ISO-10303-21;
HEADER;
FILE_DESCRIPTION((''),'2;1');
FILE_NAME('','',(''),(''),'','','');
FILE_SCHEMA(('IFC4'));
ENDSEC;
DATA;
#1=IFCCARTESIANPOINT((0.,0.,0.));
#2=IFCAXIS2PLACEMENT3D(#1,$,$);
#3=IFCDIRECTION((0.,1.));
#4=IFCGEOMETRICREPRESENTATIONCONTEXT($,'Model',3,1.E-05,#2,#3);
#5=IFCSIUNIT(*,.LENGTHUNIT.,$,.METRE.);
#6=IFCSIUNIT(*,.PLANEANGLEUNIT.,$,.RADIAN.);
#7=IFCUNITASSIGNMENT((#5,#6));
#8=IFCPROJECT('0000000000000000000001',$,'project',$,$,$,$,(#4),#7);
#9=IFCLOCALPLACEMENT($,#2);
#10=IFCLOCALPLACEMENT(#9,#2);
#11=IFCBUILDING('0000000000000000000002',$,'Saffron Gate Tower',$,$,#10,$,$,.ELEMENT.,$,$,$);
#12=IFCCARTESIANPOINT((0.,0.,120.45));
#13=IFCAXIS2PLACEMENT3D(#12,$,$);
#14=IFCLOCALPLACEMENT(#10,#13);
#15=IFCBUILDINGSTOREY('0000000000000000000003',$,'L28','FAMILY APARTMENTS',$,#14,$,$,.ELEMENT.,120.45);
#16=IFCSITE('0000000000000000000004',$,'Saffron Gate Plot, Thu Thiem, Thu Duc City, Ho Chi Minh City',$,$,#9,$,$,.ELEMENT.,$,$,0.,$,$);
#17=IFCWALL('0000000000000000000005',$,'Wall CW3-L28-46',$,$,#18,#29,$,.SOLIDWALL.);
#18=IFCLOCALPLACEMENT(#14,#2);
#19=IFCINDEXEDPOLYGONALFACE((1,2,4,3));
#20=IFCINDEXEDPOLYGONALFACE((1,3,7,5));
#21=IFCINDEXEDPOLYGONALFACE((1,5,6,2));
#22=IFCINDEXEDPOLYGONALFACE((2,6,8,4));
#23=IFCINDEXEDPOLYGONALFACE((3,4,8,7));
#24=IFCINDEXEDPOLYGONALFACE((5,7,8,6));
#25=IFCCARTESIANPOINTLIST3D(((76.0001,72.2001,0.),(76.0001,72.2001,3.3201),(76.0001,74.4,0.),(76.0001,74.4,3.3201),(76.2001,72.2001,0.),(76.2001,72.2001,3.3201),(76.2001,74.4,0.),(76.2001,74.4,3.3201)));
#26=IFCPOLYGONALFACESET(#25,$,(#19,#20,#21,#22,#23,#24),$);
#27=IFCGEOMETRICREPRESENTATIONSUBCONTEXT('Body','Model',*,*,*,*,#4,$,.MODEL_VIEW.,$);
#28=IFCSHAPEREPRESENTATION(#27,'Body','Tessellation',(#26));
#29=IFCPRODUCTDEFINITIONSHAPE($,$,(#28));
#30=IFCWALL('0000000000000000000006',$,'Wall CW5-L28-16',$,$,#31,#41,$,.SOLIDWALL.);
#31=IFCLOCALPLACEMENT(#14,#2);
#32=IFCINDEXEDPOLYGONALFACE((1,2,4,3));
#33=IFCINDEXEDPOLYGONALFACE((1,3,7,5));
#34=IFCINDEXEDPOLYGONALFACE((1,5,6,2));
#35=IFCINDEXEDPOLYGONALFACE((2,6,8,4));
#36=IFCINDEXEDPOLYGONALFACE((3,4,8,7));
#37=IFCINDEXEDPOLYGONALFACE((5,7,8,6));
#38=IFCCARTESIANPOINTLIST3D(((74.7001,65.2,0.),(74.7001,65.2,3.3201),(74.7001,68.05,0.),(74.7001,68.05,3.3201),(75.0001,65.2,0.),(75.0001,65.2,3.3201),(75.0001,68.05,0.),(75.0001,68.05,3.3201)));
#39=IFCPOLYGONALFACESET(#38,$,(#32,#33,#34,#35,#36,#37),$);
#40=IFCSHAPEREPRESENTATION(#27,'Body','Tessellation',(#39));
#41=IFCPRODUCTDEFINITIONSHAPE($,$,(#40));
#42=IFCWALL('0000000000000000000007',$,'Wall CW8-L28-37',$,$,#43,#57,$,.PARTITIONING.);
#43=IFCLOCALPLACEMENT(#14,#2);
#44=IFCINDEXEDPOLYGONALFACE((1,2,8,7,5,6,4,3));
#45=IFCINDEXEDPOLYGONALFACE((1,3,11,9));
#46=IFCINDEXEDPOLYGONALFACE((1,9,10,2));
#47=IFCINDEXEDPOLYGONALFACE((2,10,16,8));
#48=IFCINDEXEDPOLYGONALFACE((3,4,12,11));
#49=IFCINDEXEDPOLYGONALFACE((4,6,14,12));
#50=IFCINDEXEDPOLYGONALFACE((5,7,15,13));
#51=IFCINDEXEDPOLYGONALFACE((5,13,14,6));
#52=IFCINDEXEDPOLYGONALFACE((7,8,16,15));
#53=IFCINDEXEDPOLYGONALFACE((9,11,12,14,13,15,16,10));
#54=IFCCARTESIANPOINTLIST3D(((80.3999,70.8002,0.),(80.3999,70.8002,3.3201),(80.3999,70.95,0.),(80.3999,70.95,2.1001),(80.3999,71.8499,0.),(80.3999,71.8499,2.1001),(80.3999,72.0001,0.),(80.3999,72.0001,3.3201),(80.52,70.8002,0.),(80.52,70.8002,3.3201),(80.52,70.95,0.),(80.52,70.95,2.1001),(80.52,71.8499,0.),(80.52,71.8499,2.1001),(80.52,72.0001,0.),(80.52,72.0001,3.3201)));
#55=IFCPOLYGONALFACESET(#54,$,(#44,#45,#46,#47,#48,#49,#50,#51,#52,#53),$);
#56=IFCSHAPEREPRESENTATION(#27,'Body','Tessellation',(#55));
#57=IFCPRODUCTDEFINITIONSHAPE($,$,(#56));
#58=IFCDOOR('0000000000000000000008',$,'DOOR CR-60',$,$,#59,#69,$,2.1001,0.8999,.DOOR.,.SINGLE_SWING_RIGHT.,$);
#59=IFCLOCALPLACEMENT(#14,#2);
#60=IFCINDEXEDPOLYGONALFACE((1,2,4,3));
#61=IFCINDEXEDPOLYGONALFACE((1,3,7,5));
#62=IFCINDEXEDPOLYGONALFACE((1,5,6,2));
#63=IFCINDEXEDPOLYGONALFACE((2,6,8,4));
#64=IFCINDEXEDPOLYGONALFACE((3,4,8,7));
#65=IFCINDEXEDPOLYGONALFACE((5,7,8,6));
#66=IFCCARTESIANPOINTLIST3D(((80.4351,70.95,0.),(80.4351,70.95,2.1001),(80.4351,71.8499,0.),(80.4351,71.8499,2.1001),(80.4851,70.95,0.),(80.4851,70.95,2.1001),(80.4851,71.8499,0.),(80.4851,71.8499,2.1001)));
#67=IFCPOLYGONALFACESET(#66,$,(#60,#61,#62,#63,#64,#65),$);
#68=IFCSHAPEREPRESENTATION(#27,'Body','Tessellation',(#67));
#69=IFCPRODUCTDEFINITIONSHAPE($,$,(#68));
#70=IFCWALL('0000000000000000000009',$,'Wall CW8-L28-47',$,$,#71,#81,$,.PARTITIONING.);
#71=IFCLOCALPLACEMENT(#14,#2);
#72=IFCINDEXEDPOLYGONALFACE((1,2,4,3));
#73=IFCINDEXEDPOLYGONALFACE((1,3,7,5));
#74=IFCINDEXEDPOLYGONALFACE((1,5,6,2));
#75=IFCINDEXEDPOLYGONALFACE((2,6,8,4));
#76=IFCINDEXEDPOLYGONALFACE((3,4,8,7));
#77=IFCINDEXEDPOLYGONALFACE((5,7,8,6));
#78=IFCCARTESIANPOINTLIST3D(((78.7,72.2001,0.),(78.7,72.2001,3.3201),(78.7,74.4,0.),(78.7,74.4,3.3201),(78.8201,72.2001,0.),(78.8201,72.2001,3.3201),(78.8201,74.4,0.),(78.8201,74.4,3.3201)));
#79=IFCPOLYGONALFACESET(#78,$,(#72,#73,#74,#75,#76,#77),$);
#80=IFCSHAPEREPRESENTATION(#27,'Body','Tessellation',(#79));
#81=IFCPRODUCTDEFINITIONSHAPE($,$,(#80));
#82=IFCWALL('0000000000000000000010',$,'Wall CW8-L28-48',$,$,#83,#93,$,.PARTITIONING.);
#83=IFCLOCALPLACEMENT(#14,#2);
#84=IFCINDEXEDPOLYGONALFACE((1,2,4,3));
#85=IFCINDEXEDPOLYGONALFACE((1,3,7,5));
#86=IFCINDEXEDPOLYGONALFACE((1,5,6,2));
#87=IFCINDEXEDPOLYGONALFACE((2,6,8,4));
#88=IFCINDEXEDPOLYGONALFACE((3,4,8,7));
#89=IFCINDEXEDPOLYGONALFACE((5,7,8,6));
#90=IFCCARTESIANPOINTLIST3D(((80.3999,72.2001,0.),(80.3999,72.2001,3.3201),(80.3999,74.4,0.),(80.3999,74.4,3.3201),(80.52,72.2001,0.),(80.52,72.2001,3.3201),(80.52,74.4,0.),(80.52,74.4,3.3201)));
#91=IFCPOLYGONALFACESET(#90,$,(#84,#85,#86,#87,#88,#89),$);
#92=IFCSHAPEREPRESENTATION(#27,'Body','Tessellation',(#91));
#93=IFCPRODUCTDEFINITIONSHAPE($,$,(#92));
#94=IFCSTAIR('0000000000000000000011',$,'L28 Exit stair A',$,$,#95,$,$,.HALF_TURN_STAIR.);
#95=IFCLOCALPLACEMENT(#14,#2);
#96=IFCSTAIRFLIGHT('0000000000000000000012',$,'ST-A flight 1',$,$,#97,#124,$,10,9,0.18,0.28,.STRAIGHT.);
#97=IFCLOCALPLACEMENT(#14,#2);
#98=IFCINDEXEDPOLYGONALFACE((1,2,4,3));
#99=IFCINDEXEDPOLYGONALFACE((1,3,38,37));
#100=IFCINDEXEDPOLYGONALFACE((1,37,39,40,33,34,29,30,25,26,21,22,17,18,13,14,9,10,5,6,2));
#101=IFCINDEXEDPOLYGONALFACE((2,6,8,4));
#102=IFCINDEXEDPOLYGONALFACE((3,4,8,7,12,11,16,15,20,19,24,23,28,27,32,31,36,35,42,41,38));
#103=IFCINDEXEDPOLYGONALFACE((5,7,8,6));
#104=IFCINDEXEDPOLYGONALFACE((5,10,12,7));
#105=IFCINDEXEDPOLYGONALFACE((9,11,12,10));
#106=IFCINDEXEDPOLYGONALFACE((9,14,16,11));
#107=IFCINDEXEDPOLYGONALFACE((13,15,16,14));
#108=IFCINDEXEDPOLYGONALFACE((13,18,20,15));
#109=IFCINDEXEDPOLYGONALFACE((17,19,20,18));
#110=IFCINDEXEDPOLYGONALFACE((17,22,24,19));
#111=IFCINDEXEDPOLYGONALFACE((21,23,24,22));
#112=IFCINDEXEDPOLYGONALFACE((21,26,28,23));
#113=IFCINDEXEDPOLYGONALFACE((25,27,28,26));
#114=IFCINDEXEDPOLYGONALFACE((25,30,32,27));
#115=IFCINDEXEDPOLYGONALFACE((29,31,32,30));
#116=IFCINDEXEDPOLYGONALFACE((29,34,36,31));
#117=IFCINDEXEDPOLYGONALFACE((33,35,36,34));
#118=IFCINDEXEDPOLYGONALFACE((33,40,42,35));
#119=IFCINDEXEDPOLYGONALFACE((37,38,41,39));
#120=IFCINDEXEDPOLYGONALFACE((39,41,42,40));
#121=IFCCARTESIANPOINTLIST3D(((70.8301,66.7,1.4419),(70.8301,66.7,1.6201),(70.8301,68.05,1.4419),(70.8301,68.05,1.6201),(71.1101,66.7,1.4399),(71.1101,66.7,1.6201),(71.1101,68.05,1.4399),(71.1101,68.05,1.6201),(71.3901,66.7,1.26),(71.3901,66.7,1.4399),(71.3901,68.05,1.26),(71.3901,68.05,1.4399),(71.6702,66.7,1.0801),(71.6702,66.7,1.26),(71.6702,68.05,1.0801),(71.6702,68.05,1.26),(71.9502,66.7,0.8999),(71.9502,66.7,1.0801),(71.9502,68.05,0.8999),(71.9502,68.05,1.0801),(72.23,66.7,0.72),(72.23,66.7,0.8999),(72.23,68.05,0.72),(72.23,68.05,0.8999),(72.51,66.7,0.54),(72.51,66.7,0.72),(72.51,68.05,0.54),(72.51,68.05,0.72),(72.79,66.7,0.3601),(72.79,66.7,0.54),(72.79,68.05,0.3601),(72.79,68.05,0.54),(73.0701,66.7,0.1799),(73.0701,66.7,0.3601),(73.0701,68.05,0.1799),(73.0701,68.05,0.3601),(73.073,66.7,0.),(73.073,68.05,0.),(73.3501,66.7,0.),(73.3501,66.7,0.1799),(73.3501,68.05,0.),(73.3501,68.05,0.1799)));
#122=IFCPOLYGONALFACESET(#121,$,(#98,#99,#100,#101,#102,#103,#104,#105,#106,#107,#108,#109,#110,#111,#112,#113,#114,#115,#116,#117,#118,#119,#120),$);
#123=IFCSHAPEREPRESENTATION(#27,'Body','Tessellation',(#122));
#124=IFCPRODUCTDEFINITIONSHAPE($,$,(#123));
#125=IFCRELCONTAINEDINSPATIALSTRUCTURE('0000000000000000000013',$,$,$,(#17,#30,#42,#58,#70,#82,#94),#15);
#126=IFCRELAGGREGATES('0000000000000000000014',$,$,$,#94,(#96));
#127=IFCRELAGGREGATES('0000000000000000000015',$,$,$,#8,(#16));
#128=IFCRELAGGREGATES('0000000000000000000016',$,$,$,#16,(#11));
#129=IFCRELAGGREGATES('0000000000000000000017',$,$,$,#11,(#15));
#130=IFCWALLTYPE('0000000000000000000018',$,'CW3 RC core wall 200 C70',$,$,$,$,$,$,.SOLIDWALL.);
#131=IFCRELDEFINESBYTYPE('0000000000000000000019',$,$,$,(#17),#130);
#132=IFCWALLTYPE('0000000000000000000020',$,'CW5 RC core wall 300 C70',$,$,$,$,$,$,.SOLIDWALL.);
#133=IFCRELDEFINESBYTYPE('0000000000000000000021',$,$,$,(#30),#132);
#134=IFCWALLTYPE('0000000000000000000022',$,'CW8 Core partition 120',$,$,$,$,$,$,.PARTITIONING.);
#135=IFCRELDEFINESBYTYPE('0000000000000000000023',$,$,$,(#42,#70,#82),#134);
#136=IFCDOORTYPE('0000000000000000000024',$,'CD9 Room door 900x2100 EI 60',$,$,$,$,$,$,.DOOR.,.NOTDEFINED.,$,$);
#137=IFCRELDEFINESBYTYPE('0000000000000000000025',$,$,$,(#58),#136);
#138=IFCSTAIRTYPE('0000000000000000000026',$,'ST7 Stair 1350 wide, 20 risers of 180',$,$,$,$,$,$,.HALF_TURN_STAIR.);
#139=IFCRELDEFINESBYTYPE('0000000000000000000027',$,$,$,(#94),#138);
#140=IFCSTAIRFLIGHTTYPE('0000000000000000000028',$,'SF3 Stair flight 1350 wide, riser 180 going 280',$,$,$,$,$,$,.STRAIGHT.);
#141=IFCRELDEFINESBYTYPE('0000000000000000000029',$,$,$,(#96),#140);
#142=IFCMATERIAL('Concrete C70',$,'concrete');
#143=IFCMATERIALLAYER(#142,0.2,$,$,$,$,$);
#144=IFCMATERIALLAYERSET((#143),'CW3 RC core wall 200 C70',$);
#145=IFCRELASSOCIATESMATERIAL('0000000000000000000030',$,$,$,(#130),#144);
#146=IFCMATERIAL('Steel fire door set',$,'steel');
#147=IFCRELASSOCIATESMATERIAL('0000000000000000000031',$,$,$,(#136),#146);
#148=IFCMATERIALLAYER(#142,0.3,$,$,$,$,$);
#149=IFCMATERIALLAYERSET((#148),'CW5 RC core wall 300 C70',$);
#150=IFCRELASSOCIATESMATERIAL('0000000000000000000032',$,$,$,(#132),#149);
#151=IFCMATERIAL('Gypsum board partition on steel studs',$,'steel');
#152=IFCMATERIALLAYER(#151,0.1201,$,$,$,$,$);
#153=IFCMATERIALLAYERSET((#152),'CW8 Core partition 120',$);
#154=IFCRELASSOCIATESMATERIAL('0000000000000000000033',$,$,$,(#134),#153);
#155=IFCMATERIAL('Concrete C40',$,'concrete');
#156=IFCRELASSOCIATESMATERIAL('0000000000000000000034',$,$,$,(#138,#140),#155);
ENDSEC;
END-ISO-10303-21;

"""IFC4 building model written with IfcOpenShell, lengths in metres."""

from ifc_helpers import new_model, si_unit, direction, frame, frame_2d, origin, place, context, subcontext, project, spatial, polyline, rectangle, outline, extrude, material, layer, layer_set, type_object, element, fill, aggregate, save


model = new_model("IFC4")

# Units and contexts
model_context = context("Model", 3, precision=1e-05, world=origin(), true_north=direction((0.0, 1.0)))
body_context = subcontext(model_context, "Body", "Model", "MODEL_VIEW")
ifc_project = project(units=[si_unit("LENGTHUNIT", "METRE"), si_unit("PLANEANGLEUNIT", "RADIAN")], contexts=[model_context])

# Site, building, storey
site_placement = place(None, origin())
site = spatial("IfcSite", under=ifc_project, at=site_placement, Name="Saffron Gate Plot, Thu Thiem, Thu Duc City, Ho Chi Minh City", CompositionType="ELEMENT", RefElevation=0.0)
building_placement = place(site_placement, origin())
building = spatial("IfcBuilding", under=site, at=building_placement, Name="Saffron Gate Tower", CompositionType="ELEMENT")
storey_placement = place(building_placement, frame((0.0, 0.0, 120.45)))
storey = spatial("IfcBuildingStorey", under=building, at=storey_placement, Name="L28", Description="FAMILY APARTMENTS", CompositionType="ELEMENT", Elevation=120.45)

# Shared definitions
ifc_material_1 = material(Name="Concrete C70", Category="concrete")

# Shared definitions
ifc_layer_1 = layer(ifc_material_1, 0.2)
ifc_layer_set_1 = layer_set([ifc_layer_1], Name="CW3 RC core wall 200 C70")
wall_type_1 = type_object("IfcWallType", Name="CW3 RC core wall 200 C70", PredefinedType="SOLIDWALL", material=ifc_layer_set_1)
ifc_material_2 = material(Name="Steel fire door set", Category="steel")
door_type_1 = type_object("IfcDoorType", Name="CD9 Room door 900x2100 EI 60", OperationType="NOTDEFINED", PredefinedType="DOOR", material=ifc_material_2)

# Walls
wall_1_placement = place(storey_placement, frame((76.1001, 72.2, 0.0), z_axis=(0.0, 0.0, 1.0), x_axis=(0.0, 1.0, 0.0)))
element("IfcWall", 1, at=wall_1_placement, inside=storey, type_object=wall_type_1, Name="Wall CW3-L28-46", PredefinedType="SOLIDWALL", context=body_context, shape_type="SweptSolid", body=[
    extrude(rectangle(XDim=2.2, YDim=0.2, at=frame_2d((1.1001, 0.0))), origin(), (0.0, 0.0, 1.0), 3.3201),
])
ifc_layer_2 = layer(ifc_material_1, 0.3)
ifc_layer_set_2 = layer_set([ifc_layer_2], Name="CW5 RC core wall 300 C70")
wall_type_2 = type_object("IfcWallType", Name="CW5 RC core wall 300 C70", PredefinedType="SOLIDWALL", material=ifc_layer_set_2)
wall_2_placement = place(storey_placement, frame((74.8501, 65.2, 0.0), z_axis=(0.0, 0.0, 1.0), x_axis=(0.0, 1.0, 0.0)))
element("IfcWall", 2, at=wall_2_placement, inside=storey, type_object=wall_type_2, Name="Wall CW5-L28-16", PredefinedType="SOLIDWALL", context=body_context, shape_type="SweptSolid", body=[
    extrude(rectangle(XDim=2.8501, YDim=0.3, at=frame_2d((1.425, 0.0))), origin(), (0.0, 0.0, 1.0), 3.3201),
])

# Wall, opening, door
ifc_material_3 = material(Name="Gypsum board partition on steel studs", Category="steel")
ifc_layer_3 = layer(ifc_material_3, 0.1201)
ifc_layer_set_3 = layer_set([ifc_layer_3], Name="CW8 Core partition 120")
wall_type_3 = type_object("IfcWallType", Name="CW8 Core partition 120", PredefinedType="PARTITIONING", material=ifc_layer_set_3)
wall_3_placement = place(storey_placement, frame((80.46, 70.8, 0.0), z_axis=(0.0, 0.0, 1.0), x_axis=(0.0, 1.0, 0.0)))
wall_3 = element("IfcWall", 3, at=wall_3_placement, inside=storey, type_object=wall_type_3, Name="Wall CW8-L28-37", PredefinedType="PARTITIONING", context=body_context, shape_type="SweptSolid", body=[
    extrude(rectangle(XDim=1.2, YDim=0.1201, at=frame_2d((0.6001, 0.0))), origin(), (0.0, 0.0, 1.0), 3.3201),
])
opening_1_placement = place(wall_3_placement, frame((0.1499, 0.0, 0.0)))
opening_1 = element("IfcOpeningElement", 4, at=opening_1_placement, cuts=wall_3, PredefinedType="OPENING", context=body_context, shape_type="SweptSolid", body=[
    extrude(rectangle(XDim=0.8999, YDim=2.1001, at=frame_2d((0.45, 1.05))), frame((0.0, 0.0701, 0.0), z_axis=(0.0, -1.0, 0.0), x_axis=(1.0, 0.0, 0.0)), (0.0, 0.0, 1.0), 0.1401),
])
door_1_placement = place(opening_1_placement, origin())
door_1 = element("IfcDoor", 5, at=door_1_placement, inside=storey, type_object=door_type_1, Name="DOOR CR-60", OperationType="SINGLE_SWING_RIGHT", OverallHeight=2.1001, OverallWidth=0.8999, PredefinedType="DOOR", context=body_context, shape_type="SweptSolid", body=[
    extrude(rectangle(XDim=0.8999, YDim=2.1001, at=frame_2d((0.45, 1.05))), frame((0.0, 0.0249, 0.0), z_axis=(0.0, -1.0, 0.0), x_axis=(1.0, 0.0, 0.0)), (0.0, 0.0, 1.0), 0.05),
])
fill(opening_1, door_1)

# Walls
for number, where, z_axis, x_axis, name in (
    (6, (78.76, 72.2, 0.0), (0.0, 0.0, 1.0), (0.0, 1.0, 0.0), "Wall CW8-L28-47"),
    (7, (80.46, 72.2, 0.0), (0.0, 0.0, 1.0), (0.0, 1.0, 0.0), "Wall CW8-L28-48"),
):
    element("IfcWall", number, at=place(storey_placement, frame(where, z_axis=z_axis, x_axis=x_axis)), inside=storey, type_object=wall_type_3, Name=name, PredefinedType="PARTITIONING", context=body_context, shape_type="SweptSolid", body=[
        extrude(rectangle(XDim=2.2, YDim=0.1201, at=frame_2d((1.1001, 0.0))), origin(), (0.0, 0.0, 1.0), 3.3201),
    ])

# Stair, stair flight
ifc_material_4 = material(Name="Concrete C40", Category="concrete")
stair_type = type_object("IfcStairType", Name="ST7 Stair 1350 wide, 20 risers of 180", PredefinedType="HALF_TURN_STAIR", material=ifc_material_4)
stair_placement = place(storey_placement, origin())
stair = element("IfcStair", 8, at=stair_placement, inside=storey, type_object=stair_type, Name="L28 Exit stair A", PredefinedType="HALF_TURN_STAIR")
stair_flight_type = type_object("IfcStairFlightType", Name="SF3 Stair flight 1350 wide, riser 180 going 280", PredefinedType="STRAIGHT", material=ifc_material_4)
stair_flight_placement = place(storey_placement, frame((73.3501, 67.375, 0.0), z_axis=(0.0, 0.0, 1.0), x_axis=(-1.0, 0.0, 0.0)))
stair_flight = element("IfcStairFlight", 9, at=stair_flight_placement, type_object=stair_flight_type, Name="ST-A flight 1", NumberOfRisers=10, NumberOfTreads=9, PredefinedType="STRAIGHT", RiserHeight=0.18, TreadLength=0.28, context=body_context, shape_type="SweptSolid", body=[
    extrude(outline(polyline([(0.0, 0.0), (0.0, 0.1799), (0.28, 0.1799), (0.28, 0.3601), (0.5601, 0.3601), (0.5601, 0.54), (0.8401, 0.54), (0.8401, 0.72), (1.1201, 0.72), (1.1201, 0.8999), (1.3999, 0.8999), (1.3999, 1.0801), (1.6799, 1.0801), (1.6799, 1.26), (1.96, 1.26), (1.96, 1.4399), (2.24, 1.4399), (2.24, 1.6201), (2.52, 1.6201), (2.52, 1.8), (2.52, 1.4419), (0.2771, 0.0), (0.0, 0.0)])), frame((0.0, 0.675, 0.0), z_axis=(0.0, -1.0, 0.0), x_axis=(1.0, 0.0, 0.0)), (0.0, 0.0, 1.0), 1.3501),
])
aggregate(stair, [stair_flight])

save(model, "model.ifc")
